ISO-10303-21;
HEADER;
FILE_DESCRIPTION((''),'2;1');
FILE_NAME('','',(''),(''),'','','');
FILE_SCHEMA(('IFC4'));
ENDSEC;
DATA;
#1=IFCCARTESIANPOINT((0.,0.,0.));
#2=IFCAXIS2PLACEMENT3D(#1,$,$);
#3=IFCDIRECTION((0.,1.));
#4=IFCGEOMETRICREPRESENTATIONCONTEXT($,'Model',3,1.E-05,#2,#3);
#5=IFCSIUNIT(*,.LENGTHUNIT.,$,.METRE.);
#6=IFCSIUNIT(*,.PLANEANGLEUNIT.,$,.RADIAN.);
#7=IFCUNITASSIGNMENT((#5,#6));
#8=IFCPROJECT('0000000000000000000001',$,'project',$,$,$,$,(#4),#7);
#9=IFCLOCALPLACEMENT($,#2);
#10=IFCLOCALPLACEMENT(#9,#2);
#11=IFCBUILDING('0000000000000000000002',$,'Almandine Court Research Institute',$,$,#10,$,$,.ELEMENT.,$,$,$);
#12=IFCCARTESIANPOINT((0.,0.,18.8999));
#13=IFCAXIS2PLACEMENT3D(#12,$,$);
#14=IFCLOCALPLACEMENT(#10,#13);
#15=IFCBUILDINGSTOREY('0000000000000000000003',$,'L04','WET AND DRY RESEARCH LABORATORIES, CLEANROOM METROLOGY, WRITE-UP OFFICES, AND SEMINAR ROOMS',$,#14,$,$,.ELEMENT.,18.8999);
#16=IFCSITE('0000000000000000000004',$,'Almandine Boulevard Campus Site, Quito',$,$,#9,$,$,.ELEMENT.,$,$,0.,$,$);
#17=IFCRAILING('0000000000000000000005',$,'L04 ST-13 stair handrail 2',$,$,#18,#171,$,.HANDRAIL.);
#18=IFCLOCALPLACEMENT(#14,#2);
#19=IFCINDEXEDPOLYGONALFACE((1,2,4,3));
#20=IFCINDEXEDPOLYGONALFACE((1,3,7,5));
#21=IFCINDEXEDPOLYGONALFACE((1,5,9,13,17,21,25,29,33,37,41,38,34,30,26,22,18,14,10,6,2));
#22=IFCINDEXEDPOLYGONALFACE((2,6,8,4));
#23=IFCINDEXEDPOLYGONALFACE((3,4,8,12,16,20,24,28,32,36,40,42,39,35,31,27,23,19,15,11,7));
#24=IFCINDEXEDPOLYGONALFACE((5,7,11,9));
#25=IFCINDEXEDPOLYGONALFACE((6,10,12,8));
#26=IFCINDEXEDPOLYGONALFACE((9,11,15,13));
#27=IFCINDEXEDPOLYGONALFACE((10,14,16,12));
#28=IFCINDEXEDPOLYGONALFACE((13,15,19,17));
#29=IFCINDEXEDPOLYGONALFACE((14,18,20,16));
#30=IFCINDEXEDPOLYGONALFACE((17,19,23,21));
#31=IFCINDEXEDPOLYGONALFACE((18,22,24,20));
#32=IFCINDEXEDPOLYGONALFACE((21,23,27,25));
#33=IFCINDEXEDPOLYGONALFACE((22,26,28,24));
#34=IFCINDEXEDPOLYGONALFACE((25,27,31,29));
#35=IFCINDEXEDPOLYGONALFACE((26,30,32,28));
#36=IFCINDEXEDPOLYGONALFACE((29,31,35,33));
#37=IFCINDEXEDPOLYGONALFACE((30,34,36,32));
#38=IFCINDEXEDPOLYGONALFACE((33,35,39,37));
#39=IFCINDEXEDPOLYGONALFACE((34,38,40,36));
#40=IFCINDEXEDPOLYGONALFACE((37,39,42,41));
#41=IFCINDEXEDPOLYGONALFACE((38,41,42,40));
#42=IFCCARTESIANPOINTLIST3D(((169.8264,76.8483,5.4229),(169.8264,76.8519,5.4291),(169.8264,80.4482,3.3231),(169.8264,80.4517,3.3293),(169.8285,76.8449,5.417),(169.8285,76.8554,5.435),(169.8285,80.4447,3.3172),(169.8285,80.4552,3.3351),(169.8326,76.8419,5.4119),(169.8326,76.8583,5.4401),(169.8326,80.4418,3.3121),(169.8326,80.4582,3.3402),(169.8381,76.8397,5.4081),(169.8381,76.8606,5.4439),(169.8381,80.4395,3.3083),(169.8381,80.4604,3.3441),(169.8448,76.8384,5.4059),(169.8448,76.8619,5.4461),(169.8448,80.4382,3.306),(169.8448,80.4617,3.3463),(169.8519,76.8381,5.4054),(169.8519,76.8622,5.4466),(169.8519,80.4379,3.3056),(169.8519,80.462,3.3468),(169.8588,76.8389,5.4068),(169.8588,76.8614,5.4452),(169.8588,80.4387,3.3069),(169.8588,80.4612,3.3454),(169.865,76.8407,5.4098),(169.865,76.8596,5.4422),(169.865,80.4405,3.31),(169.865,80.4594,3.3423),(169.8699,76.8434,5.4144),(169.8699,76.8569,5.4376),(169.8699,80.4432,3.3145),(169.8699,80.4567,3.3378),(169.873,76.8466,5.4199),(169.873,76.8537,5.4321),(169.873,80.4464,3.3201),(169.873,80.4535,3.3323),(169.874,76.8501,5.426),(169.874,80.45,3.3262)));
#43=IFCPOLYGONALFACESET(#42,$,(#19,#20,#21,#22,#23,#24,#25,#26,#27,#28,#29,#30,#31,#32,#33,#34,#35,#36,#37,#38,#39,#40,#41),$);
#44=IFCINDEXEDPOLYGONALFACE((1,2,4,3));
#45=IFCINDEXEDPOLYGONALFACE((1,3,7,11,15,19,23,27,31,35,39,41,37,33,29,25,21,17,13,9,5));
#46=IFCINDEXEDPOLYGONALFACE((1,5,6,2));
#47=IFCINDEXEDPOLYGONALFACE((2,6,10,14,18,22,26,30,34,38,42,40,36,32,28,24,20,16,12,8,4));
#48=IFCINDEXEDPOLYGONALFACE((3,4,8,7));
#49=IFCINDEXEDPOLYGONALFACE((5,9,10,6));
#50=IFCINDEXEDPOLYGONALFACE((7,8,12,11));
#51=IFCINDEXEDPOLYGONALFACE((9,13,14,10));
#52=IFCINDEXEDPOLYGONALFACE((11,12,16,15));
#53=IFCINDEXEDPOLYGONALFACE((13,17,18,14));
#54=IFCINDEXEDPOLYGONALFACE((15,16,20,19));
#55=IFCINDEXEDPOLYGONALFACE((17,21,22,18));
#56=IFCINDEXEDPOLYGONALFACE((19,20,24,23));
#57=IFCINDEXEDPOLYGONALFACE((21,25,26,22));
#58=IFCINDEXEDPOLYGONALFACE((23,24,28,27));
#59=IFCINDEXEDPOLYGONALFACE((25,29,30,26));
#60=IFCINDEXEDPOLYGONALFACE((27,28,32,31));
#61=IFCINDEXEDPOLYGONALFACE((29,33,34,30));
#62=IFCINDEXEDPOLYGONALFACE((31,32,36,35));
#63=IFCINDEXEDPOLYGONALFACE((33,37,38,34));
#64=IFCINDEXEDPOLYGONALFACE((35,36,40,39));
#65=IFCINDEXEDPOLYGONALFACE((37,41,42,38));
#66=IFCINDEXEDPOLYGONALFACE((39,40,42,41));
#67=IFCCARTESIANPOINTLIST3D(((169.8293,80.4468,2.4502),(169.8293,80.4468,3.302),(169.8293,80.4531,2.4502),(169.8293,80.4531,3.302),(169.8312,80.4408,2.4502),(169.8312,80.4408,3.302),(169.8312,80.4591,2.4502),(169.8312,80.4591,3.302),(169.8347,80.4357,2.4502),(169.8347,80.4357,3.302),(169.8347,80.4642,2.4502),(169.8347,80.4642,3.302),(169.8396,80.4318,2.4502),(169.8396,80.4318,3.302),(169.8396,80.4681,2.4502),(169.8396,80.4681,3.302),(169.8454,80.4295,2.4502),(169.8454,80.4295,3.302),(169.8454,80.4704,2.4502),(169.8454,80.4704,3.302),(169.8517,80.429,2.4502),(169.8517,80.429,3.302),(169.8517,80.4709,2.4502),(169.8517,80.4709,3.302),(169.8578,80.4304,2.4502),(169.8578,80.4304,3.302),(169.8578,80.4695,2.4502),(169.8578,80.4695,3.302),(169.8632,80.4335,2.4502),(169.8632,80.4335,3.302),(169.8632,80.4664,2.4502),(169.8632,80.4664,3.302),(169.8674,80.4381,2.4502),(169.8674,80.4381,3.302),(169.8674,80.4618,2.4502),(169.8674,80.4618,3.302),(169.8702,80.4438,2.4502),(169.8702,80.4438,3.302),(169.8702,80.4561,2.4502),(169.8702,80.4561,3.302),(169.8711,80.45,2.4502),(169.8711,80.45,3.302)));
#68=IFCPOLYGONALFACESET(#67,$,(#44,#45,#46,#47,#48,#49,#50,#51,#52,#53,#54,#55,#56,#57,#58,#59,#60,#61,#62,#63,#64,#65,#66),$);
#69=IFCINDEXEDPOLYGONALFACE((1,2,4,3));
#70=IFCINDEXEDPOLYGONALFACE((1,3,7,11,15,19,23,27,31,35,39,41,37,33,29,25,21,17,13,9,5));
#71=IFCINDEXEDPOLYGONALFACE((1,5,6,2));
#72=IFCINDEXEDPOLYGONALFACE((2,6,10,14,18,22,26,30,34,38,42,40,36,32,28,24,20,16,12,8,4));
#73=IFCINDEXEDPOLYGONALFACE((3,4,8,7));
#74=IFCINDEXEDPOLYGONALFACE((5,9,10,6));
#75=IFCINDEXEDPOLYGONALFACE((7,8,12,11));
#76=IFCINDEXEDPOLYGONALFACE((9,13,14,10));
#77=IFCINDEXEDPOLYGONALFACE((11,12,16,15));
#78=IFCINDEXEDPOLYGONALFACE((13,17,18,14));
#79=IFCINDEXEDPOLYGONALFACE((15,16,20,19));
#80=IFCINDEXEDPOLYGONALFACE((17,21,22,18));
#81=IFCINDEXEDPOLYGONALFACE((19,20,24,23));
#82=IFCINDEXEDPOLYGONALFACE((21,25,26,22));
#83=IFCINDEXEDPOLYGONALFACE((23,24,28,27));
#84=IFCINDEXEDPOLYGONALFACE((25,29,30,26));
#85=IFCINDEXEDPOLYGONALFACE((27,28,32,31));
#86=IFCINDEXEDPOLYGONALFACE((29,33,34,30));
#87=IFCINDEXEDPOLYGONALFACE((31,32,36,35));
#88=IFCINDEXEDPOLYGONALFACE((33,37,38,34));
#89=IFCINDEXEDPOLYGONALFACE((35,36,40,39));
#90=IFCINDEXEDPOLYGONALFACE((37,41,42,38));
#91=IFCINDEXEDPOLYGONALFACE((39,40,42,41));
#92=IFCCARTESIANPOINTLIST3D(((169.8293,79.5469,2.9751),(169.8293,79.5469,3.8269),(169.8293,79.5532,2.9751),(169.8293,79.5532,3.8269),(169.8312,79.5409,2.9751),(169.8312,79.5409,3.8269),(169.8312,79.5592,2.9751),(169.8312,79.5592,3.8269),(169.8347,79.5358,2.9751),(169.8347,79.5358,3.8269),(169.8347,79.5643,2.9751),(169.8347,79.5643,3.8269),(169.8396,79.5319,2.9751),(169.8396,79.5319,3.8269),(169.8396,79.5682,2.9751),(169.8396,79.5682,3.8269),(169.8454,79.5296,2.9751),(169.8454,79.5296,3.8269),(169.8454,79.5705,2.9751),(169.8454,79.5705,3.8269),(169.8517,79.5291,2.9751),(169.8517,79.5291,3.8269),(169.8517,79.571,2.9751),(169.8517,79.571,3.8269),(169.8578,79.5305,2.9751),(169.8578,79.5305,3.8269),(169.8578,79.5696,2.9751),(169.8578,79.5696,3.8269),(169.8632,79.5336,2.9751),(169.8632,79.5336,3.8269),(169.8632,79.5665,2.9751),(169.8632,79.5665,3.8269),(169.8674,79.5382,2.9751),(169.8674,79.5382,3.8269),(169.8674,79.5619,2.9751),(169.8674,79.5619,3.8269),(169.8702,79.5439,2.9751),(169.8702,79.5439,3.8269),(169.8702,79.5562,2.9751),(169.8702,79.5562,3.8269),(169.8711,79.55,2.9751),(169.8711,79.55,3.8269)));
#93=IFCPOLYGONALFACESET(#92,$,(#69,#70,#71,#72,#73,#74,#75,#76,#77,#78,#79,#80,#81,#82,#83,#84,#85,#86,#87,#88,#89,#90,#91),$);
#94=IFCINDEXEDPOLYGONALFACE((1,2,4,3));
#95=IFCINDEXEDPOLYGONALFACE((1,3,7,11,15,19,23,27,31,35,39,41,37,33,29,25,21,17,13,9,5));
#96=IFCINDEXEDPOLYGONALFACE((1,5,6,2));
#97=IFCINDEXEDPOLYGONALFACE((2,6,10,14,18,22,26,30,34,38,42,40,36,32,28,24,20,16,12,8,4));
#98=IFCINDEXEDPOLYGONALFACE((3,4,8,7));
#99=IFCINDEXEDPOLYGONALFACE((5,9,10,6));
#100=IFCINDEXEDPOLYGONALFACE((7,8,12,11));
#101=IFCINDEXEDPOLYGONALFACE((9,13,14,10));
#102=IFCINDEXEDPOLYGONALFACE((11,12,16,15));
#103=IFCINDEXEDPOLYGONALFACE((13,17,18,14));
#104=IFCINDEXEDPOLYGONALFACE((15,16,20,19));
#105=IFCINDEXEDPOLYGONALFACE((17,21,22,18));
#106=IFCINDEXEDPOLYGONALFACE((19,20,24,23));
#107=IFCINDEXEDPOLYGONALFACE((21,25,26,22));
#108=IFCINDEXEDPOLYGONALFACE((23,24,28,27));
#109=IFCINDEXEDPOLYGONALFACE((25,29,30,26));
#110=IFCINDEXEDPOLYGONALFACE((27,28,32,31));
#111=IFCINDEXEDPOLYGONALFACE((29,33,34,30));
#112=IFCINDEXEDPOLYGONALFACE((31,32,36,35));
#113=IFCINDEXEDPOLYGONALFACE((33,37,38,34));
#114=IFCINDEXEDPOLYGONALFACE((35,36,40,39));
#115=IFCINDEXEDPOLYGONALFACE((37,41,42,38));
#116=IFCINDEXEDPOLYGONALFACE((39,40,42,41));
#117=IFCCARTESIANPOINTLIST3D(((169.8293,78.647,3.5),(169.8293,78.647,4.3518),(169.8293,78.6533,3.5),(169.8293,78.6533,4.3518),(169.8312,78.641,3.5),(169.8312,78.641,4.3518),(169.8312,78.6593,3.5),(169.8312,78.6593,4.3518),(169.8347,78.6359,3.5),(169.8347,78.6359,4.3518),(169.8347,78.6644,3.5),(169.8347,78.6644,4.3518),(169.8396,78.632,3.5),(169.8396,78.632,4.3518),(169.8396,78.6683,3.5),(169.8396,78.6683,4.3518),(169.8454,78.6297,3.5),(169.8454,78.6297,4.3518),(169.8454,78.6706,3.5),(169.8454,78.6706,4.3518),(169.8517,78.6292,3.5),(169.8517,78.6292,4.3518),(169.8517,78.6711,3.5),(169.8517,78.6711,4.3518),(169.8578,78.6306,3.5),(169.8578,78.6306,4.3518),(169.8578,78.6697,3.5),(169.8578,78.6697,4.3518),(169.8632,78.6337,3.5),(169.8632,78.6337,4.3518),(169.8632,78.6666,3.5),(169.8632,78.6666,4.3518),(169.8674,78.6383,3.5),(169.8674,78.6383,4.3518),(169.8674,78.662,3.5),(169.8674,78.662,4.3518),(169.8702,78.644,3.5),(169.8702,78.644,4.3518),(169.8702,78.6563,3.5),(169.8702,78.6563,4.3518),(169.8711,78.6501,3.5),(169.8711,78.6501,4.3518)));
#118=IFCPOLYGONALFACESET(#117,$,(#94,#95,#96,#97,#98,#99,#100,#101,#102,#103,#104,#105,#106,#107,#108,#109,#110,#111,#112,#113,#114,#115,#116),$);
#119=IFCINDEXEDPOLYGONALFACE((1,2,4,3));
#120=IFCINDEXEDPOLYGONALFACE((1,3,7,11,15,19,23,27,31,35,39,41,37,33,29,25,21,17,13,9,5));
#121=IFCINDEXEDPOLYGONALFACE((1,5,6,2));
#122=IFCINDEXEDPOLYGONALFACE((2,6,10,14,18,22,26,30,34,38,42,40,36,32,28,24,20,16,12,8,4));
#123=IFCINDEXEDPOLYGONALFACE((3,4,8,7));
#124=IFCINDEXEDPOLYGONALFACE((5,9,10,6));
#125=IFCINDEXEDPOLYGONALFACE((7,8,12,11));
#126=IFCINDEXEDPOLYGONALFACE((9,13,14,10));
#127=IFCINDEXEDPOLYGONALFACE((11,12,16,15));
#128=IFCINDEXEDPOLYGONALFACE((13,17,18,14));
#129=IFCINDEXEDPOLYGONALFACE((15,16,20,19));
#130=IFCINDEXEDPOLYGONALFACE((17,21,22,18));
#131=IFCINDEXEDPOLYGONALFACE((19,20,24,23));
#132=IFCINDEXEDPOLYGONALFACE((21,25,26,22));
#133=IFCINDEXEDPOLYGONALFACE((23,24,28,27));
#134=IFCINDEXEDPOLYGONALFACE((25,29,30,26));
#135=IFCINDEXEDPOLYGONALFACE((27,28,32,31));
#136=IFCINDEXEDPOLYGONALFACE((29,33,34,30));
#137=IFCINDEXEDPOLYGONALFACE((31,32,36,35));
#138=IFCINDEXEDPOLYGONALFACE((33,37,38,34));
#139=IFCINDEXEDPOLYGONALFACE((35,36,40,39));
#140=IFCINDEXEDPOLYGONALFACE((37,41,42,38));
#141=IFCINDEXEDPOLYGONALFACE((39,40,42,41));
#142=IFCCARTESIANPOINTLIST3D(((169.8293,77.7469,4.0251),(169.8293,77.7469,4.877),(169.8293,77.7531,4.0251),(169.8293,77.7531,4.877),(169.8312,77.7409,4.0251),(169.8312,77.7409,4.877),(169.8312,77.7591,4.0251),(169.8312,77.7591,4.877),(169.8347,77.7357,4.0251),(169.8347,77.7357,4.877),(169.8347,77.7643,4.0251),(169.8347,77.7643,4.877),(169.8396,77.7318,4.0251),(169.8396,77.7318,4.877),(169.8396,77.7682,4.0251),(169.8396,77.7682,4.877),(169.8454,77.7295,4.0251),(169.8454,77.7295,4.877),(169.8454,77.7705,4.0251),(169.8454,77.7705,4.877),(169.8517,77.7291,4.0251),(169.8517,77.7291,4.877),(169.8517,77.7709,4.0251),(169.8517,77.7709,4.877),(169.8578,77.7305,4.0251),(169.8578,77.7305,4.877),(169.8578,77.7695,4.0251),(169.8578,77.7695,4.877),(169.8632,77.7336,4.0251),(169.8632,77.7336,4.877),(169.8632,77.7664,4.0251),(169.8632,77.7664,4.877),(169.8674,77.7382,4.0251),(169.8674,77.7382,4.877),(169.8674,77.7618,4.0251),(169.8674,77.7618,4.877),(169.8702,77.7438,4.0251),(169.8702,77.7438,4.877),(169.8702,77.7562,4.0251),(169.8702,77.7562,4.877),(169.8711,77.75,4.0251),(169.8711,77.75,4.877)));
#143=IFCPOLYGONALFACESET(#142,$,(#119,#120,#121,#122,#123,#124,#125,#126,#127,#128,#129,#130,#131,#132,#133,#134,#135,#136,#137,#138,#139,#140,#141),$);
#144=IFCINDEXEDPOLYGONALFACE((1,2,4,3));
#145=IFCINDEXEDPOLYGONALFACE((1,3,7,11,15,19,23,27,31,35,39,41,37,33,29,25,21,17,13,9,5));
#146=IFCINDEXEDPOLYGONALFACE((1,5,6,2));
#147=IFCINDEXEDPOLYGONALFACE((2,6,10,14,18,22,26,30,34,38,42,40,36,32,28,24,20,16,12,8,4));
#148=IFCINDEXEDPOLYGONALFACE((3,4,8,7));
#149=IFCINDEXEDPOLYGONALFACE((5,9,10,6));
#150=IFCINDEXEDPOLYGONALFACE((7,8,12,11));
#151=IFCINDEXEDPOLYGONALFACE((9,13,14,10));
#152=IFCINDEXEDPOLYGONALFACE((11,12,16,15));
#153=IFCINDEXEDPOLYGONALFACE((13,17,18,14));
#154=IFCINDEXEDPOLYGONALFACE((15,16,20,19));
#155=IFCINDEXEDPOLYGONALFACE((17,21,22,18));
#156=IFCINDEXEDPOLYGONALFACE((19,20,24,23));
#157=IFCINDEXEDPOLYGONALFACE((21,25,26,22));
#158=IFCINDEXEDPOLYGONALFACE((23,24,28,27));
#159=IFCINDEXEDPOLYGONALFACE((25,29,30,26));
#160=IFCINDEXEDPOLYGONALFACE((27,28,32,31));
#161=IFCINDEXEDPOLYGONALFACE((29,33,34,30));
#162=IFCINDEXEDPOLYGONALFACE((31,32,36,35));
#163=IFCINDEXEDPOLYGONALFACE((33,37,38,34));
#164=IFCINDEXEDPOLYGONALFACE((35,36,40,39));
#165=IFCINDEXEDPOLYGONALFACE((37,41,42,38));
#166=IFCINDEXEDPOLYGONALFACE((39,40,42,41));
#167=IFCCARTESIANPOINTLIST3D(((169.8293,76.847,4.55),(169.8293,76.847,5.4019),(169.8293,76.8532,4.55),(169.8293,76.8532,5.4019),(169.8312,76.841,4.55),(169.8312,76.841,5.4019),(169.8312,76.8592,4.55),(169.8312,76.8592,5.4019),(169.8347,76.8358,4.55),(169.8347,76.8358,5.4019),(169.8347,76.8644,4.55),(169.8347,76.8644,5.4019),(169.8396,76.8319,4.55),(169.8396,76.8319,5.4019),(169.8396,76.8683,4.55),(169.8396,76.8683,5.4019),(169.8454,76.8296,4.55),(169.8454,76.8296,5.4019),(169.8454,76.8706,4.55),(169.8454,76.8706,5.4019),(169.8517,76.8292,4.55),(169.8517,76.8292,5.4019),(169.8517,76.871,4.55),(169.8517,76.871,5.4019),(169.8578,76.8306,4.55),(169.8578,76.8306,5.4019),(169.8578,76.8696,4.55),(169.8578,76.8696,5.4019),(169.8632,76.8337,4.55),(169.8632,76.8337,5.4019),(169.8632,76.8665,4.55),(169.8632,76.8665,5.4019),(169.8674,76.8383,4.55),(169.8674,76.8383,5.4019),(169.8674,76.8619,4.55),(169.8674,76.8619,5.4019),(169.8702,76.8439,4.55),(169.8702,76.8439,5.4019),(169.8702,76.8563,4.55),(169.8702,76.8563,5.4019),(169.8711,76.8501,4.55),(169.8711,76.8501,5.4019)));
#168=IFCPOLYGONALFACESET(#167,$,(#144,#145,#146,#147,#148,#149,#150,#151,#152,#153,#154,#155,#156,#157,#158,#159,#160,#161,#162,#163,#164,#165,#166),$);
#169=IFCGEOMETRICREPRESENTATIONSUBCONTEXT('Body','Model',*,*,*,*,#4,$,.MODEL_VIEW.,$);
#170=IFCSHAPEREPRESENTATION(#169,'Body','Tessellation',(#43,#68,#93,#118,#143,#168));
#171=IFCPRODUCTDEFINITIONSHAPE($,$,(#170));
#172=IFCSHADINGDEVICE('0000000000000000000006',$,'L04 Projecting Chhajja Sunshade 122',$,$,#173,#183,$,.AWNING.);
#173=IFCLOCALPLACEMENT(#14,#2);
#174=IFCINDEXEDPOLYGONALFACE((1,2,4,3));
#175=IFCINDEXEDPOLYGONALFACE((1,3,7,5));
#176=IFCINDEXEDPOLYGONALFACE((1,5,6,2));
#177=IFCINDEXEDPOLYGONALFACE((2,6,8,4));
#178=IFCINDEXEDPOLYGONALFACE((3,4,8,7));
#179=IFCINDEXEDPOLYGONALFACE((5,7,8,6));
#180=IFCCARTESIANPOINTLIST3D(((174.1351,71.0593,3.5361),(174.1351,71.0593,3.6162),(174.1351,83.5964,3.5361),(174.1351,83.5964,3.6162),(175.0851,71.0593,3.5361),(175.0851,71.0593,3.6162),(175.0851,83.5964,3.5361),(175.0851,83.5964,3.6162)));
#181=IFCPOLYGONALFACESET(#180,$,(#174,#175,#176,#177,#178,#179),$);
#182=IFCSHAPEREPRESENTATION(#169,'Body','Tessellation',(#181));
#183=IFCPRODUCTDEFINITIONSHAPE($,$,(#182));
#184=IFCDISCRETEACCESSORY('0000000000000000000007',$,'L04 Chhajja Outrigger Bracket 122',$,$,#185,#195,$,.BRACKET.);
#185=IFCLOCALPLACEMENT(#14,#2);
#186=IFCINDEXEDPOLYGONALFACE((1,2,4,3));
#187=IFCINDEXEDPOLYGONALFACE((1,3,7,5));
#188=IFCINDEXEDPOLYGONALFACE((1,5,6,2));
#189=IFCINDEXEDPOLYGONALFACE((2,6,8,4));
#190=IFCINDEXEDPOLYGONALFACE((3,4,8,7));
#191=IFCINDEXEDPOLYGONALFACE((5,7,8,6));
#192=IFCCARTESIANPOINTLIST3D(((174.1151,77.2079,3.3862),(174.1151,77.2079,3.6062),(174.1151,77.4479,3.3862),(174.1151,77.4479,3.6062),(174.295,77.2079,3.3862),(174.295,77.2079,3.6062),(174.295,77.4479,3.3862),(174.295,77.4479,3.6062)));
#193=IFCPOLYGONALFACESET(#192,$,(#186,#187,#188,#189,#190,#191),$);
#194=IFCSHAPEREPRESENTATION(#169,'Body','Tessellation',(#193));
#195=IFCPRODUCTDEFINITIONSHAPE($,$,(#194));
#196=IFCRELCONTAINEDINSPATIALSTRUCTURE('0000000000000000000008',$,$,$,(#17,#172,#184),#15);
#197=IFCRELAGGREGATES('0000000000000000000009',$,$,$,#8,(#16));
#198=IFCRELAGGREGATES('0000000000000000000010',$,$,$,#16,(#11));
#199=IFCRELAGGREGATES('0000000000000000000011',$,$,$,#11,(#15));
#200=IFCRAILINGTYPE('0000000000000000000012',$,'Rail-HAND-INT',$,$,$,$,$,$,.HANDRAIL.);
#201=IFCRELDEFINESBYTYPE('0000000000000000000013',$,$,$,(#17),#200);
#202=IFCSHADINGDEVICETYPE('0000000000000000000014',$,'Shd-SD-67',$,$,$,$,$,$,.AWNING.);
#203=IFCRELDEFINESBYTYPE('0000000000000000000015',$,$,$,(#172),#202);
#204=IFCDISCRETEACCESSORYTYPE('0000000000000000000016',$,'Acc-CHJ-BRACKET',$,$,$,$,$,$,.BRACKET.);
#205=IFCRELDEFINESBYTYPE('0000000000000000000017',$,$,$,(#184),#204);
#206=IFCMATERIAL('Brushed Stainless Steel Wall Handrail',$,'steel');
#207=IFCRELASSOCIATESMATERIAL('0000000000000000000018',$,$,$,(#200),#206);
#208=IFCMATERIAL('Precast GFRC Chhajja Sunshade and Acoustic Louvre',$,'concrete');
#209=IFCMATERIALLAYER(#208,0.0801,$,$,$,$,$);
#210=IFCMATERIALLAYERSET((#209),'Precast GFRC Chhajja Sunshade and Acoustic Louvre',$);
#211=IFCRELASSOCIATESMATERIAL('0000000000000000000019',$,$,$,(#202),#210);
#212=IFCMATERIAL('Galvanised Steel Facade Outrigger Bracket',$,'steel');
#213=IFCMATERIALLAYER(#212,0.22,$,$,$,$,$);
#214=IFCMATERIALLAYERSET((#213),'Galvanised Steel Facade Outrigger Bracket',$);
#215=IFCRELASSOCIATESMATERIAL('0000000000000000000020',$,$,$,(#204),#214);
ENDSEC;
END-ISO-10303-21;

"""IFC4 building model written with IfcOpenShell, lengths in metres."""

from ifc_helpers import new_model, si_unit, direction, frame, origin, origin_2d, place, context, subcontext, project, spatial, rectangle, circle, extrude, material, layer, layer_set, type_object, element, save


model = new_model("IFC4")

# Units and contexts
model_context = context("Model", 3, precision=1e-05, world=origin(), true_north=direction((0.0, 1.0)))
body_context = subcontext(model_context, "Body", "Model", "MODEL_VIEW")
ifc_project = project(units=[si_unit("LENGTHUNIT", "METRE"), si_unit("PLANEANGLEUNIT", "RADIAN")], contexts=[model_context])

# Site, building, storey
site_placement = place(None, origin())
site = spatial("IfcSite", under=ifc_project, at=site_placement, Name="Almandine Boulevard Campus Site, Quito", CompositionType="ELEMENT", RefElevation=0.0)
building_placement = place(site_placement, origin())
building = spatial("IfcBuilding", under=site, at=building_placement, Name="Almandine Court Research Institute", CompositionType="ELEMENT")
storey_placement = place(building_placement, frame((0.0, 0.0, 18.8999)))
storey = spatial("IfcBuildingStorey", under=building, at=storey_placement, Name="L04", Description="WET AND DRY RESEARCH LABORATORIES, CLEANROOM METROLOGY, WRITE-UP OFFICES, AND SEMINAR ROOMS", CompositionType="ELEMENT", Elevation=18.8999)

# Railing
ifc_material_1 = material(Name="Brushed Stainless Steel Wall Handrail", Category="steel")
railing_type_1 = type_object("IfcRailingType", Name="Rail-HAND-INT", PredefinedType="HANDRAIL", material=ifc_material_1)
railing_1_placement = place(storey_placement, frame((169.8501, 80.45, 2.4502)))
element("IfcRailing", 1, at=railing_1_placement, inside=storey, type_object=railing_type_1, Name="L04 ST-13 stair handrail 2", PredefinedType="HANDRAIL", context=body_context, shape_type="SweptSolid", body=[
    extrude(circle(Radius=0.0239, at=origin_2d()), frame((0.0, 0.0, 0.876), z_axis=(0.0, -0.863785, 0.50386), x_axis=(1.0, 0.0, 0.0)), (0.0, 0.0, 1.0), 4.1675),
    extrude(circle(Radius=0.021, at=origin_2d()), origin(), (0.0, 0.0, 1.0), 0.8518),
    extrude(circle(Radius=0.021, at=origin_2d()), frame((0.0, -0.8999, 0.5249)), (0.0, 0.0, 1.0), 0.8518),
    extrude(circle(Radius=0.021, at=origin_2d()), frame((0.0, -1.7998, 1.0498)), (0.0, 0.0, 1.0), 0.8518),
    extrude(circle(Radius=0.021, at=origin_2d()), frame((0.0, -2.7, 1.575)), (0.0, 0.0, 1.0), 0.8518),
    extrude(circle(Radius=0.021, at=origin_2d()), frame((0.0, -3.5999, 2.0999)), (0.0, 0.0, 1.0), 0.8518),
])

# Shading device
ifc_material_2 = material(Name="Precast GFRC Chhajja Sunshade and Acoustic Louvre", Category="concrete")
ifc_layer_1 = layer(ifc_material_2, 0.0801)
ifc_layer_set_1 = layer_set([ifc_layer_1], Name="Precast GFRC Chhajja Sunshade and Acoustic Louvre")
shading_device_type = type_object("IfcShadingDeviceType", Name="Shd-SD-67", PredefinedType="AWNING", material=ifc_layer_set_1)
shading_device_placement = place(storey_placement, frame((174.6101, 77.3279, 3.5361), z_axis=(0.0, 0.0, 1.0), x_axis=(0.0, -1.0, 0.0)))
element("IfcShadingDevice", 2, at=shading_device_placement, inside=storey, type_object=shading_device_type, Name="L04 Projecting Chhajja Sunshade 122", PredefinedType="AWNING", context=body_context, shape_type="SweptSolid", body=[
    extrude(rectangle(XDim=12.5371, YDim=0.95, at=origin_2d()), origin(), (0.0, 0.0, 1.0), 0.0801),
])

# Discrete accessory
ifc_material_3 = material(Name="Galvanised Steel Facade Outrigger Bracket", Category="steel")
ifc_layer_2 = layer(ifc_material_3, 0.22)
ifc_layer_set_2 = layer_set([ifc_layer_2], Name="Galvanised Steel Facade Outrigger Bracket")
discrete_accessory_type = type_object("IfcDiscreteAccessoryType", Name="Acc-CHJ-BRACKET", PredefinedType="BRACKET", material=ifc_layer_set_2)
discrete_accessory_placement = place(storey_placement, frame((174.2051, 77.3279, 3.3862), z_axis=(0.0, 0.0, 1.0), x_axis=(0.0, -1.0, 0.0)))
element("IfcDiscreteAccessory", 3, at=discrete_accessory_placement, inside=storey, type_object=discrete_accessory_type, Name="L04 Chhajja Outrigger Bracket 122", PredefinedType="BRACKET", context=body_context, shape_type="SweptSolid", body=[
    extrude(rectangle(XDim=0.24, YDim=0.1799, at=origin_2d()), origin(), (0.0, 0.0, 1.0), 0.22),
])

save(model, "model.ifc")
